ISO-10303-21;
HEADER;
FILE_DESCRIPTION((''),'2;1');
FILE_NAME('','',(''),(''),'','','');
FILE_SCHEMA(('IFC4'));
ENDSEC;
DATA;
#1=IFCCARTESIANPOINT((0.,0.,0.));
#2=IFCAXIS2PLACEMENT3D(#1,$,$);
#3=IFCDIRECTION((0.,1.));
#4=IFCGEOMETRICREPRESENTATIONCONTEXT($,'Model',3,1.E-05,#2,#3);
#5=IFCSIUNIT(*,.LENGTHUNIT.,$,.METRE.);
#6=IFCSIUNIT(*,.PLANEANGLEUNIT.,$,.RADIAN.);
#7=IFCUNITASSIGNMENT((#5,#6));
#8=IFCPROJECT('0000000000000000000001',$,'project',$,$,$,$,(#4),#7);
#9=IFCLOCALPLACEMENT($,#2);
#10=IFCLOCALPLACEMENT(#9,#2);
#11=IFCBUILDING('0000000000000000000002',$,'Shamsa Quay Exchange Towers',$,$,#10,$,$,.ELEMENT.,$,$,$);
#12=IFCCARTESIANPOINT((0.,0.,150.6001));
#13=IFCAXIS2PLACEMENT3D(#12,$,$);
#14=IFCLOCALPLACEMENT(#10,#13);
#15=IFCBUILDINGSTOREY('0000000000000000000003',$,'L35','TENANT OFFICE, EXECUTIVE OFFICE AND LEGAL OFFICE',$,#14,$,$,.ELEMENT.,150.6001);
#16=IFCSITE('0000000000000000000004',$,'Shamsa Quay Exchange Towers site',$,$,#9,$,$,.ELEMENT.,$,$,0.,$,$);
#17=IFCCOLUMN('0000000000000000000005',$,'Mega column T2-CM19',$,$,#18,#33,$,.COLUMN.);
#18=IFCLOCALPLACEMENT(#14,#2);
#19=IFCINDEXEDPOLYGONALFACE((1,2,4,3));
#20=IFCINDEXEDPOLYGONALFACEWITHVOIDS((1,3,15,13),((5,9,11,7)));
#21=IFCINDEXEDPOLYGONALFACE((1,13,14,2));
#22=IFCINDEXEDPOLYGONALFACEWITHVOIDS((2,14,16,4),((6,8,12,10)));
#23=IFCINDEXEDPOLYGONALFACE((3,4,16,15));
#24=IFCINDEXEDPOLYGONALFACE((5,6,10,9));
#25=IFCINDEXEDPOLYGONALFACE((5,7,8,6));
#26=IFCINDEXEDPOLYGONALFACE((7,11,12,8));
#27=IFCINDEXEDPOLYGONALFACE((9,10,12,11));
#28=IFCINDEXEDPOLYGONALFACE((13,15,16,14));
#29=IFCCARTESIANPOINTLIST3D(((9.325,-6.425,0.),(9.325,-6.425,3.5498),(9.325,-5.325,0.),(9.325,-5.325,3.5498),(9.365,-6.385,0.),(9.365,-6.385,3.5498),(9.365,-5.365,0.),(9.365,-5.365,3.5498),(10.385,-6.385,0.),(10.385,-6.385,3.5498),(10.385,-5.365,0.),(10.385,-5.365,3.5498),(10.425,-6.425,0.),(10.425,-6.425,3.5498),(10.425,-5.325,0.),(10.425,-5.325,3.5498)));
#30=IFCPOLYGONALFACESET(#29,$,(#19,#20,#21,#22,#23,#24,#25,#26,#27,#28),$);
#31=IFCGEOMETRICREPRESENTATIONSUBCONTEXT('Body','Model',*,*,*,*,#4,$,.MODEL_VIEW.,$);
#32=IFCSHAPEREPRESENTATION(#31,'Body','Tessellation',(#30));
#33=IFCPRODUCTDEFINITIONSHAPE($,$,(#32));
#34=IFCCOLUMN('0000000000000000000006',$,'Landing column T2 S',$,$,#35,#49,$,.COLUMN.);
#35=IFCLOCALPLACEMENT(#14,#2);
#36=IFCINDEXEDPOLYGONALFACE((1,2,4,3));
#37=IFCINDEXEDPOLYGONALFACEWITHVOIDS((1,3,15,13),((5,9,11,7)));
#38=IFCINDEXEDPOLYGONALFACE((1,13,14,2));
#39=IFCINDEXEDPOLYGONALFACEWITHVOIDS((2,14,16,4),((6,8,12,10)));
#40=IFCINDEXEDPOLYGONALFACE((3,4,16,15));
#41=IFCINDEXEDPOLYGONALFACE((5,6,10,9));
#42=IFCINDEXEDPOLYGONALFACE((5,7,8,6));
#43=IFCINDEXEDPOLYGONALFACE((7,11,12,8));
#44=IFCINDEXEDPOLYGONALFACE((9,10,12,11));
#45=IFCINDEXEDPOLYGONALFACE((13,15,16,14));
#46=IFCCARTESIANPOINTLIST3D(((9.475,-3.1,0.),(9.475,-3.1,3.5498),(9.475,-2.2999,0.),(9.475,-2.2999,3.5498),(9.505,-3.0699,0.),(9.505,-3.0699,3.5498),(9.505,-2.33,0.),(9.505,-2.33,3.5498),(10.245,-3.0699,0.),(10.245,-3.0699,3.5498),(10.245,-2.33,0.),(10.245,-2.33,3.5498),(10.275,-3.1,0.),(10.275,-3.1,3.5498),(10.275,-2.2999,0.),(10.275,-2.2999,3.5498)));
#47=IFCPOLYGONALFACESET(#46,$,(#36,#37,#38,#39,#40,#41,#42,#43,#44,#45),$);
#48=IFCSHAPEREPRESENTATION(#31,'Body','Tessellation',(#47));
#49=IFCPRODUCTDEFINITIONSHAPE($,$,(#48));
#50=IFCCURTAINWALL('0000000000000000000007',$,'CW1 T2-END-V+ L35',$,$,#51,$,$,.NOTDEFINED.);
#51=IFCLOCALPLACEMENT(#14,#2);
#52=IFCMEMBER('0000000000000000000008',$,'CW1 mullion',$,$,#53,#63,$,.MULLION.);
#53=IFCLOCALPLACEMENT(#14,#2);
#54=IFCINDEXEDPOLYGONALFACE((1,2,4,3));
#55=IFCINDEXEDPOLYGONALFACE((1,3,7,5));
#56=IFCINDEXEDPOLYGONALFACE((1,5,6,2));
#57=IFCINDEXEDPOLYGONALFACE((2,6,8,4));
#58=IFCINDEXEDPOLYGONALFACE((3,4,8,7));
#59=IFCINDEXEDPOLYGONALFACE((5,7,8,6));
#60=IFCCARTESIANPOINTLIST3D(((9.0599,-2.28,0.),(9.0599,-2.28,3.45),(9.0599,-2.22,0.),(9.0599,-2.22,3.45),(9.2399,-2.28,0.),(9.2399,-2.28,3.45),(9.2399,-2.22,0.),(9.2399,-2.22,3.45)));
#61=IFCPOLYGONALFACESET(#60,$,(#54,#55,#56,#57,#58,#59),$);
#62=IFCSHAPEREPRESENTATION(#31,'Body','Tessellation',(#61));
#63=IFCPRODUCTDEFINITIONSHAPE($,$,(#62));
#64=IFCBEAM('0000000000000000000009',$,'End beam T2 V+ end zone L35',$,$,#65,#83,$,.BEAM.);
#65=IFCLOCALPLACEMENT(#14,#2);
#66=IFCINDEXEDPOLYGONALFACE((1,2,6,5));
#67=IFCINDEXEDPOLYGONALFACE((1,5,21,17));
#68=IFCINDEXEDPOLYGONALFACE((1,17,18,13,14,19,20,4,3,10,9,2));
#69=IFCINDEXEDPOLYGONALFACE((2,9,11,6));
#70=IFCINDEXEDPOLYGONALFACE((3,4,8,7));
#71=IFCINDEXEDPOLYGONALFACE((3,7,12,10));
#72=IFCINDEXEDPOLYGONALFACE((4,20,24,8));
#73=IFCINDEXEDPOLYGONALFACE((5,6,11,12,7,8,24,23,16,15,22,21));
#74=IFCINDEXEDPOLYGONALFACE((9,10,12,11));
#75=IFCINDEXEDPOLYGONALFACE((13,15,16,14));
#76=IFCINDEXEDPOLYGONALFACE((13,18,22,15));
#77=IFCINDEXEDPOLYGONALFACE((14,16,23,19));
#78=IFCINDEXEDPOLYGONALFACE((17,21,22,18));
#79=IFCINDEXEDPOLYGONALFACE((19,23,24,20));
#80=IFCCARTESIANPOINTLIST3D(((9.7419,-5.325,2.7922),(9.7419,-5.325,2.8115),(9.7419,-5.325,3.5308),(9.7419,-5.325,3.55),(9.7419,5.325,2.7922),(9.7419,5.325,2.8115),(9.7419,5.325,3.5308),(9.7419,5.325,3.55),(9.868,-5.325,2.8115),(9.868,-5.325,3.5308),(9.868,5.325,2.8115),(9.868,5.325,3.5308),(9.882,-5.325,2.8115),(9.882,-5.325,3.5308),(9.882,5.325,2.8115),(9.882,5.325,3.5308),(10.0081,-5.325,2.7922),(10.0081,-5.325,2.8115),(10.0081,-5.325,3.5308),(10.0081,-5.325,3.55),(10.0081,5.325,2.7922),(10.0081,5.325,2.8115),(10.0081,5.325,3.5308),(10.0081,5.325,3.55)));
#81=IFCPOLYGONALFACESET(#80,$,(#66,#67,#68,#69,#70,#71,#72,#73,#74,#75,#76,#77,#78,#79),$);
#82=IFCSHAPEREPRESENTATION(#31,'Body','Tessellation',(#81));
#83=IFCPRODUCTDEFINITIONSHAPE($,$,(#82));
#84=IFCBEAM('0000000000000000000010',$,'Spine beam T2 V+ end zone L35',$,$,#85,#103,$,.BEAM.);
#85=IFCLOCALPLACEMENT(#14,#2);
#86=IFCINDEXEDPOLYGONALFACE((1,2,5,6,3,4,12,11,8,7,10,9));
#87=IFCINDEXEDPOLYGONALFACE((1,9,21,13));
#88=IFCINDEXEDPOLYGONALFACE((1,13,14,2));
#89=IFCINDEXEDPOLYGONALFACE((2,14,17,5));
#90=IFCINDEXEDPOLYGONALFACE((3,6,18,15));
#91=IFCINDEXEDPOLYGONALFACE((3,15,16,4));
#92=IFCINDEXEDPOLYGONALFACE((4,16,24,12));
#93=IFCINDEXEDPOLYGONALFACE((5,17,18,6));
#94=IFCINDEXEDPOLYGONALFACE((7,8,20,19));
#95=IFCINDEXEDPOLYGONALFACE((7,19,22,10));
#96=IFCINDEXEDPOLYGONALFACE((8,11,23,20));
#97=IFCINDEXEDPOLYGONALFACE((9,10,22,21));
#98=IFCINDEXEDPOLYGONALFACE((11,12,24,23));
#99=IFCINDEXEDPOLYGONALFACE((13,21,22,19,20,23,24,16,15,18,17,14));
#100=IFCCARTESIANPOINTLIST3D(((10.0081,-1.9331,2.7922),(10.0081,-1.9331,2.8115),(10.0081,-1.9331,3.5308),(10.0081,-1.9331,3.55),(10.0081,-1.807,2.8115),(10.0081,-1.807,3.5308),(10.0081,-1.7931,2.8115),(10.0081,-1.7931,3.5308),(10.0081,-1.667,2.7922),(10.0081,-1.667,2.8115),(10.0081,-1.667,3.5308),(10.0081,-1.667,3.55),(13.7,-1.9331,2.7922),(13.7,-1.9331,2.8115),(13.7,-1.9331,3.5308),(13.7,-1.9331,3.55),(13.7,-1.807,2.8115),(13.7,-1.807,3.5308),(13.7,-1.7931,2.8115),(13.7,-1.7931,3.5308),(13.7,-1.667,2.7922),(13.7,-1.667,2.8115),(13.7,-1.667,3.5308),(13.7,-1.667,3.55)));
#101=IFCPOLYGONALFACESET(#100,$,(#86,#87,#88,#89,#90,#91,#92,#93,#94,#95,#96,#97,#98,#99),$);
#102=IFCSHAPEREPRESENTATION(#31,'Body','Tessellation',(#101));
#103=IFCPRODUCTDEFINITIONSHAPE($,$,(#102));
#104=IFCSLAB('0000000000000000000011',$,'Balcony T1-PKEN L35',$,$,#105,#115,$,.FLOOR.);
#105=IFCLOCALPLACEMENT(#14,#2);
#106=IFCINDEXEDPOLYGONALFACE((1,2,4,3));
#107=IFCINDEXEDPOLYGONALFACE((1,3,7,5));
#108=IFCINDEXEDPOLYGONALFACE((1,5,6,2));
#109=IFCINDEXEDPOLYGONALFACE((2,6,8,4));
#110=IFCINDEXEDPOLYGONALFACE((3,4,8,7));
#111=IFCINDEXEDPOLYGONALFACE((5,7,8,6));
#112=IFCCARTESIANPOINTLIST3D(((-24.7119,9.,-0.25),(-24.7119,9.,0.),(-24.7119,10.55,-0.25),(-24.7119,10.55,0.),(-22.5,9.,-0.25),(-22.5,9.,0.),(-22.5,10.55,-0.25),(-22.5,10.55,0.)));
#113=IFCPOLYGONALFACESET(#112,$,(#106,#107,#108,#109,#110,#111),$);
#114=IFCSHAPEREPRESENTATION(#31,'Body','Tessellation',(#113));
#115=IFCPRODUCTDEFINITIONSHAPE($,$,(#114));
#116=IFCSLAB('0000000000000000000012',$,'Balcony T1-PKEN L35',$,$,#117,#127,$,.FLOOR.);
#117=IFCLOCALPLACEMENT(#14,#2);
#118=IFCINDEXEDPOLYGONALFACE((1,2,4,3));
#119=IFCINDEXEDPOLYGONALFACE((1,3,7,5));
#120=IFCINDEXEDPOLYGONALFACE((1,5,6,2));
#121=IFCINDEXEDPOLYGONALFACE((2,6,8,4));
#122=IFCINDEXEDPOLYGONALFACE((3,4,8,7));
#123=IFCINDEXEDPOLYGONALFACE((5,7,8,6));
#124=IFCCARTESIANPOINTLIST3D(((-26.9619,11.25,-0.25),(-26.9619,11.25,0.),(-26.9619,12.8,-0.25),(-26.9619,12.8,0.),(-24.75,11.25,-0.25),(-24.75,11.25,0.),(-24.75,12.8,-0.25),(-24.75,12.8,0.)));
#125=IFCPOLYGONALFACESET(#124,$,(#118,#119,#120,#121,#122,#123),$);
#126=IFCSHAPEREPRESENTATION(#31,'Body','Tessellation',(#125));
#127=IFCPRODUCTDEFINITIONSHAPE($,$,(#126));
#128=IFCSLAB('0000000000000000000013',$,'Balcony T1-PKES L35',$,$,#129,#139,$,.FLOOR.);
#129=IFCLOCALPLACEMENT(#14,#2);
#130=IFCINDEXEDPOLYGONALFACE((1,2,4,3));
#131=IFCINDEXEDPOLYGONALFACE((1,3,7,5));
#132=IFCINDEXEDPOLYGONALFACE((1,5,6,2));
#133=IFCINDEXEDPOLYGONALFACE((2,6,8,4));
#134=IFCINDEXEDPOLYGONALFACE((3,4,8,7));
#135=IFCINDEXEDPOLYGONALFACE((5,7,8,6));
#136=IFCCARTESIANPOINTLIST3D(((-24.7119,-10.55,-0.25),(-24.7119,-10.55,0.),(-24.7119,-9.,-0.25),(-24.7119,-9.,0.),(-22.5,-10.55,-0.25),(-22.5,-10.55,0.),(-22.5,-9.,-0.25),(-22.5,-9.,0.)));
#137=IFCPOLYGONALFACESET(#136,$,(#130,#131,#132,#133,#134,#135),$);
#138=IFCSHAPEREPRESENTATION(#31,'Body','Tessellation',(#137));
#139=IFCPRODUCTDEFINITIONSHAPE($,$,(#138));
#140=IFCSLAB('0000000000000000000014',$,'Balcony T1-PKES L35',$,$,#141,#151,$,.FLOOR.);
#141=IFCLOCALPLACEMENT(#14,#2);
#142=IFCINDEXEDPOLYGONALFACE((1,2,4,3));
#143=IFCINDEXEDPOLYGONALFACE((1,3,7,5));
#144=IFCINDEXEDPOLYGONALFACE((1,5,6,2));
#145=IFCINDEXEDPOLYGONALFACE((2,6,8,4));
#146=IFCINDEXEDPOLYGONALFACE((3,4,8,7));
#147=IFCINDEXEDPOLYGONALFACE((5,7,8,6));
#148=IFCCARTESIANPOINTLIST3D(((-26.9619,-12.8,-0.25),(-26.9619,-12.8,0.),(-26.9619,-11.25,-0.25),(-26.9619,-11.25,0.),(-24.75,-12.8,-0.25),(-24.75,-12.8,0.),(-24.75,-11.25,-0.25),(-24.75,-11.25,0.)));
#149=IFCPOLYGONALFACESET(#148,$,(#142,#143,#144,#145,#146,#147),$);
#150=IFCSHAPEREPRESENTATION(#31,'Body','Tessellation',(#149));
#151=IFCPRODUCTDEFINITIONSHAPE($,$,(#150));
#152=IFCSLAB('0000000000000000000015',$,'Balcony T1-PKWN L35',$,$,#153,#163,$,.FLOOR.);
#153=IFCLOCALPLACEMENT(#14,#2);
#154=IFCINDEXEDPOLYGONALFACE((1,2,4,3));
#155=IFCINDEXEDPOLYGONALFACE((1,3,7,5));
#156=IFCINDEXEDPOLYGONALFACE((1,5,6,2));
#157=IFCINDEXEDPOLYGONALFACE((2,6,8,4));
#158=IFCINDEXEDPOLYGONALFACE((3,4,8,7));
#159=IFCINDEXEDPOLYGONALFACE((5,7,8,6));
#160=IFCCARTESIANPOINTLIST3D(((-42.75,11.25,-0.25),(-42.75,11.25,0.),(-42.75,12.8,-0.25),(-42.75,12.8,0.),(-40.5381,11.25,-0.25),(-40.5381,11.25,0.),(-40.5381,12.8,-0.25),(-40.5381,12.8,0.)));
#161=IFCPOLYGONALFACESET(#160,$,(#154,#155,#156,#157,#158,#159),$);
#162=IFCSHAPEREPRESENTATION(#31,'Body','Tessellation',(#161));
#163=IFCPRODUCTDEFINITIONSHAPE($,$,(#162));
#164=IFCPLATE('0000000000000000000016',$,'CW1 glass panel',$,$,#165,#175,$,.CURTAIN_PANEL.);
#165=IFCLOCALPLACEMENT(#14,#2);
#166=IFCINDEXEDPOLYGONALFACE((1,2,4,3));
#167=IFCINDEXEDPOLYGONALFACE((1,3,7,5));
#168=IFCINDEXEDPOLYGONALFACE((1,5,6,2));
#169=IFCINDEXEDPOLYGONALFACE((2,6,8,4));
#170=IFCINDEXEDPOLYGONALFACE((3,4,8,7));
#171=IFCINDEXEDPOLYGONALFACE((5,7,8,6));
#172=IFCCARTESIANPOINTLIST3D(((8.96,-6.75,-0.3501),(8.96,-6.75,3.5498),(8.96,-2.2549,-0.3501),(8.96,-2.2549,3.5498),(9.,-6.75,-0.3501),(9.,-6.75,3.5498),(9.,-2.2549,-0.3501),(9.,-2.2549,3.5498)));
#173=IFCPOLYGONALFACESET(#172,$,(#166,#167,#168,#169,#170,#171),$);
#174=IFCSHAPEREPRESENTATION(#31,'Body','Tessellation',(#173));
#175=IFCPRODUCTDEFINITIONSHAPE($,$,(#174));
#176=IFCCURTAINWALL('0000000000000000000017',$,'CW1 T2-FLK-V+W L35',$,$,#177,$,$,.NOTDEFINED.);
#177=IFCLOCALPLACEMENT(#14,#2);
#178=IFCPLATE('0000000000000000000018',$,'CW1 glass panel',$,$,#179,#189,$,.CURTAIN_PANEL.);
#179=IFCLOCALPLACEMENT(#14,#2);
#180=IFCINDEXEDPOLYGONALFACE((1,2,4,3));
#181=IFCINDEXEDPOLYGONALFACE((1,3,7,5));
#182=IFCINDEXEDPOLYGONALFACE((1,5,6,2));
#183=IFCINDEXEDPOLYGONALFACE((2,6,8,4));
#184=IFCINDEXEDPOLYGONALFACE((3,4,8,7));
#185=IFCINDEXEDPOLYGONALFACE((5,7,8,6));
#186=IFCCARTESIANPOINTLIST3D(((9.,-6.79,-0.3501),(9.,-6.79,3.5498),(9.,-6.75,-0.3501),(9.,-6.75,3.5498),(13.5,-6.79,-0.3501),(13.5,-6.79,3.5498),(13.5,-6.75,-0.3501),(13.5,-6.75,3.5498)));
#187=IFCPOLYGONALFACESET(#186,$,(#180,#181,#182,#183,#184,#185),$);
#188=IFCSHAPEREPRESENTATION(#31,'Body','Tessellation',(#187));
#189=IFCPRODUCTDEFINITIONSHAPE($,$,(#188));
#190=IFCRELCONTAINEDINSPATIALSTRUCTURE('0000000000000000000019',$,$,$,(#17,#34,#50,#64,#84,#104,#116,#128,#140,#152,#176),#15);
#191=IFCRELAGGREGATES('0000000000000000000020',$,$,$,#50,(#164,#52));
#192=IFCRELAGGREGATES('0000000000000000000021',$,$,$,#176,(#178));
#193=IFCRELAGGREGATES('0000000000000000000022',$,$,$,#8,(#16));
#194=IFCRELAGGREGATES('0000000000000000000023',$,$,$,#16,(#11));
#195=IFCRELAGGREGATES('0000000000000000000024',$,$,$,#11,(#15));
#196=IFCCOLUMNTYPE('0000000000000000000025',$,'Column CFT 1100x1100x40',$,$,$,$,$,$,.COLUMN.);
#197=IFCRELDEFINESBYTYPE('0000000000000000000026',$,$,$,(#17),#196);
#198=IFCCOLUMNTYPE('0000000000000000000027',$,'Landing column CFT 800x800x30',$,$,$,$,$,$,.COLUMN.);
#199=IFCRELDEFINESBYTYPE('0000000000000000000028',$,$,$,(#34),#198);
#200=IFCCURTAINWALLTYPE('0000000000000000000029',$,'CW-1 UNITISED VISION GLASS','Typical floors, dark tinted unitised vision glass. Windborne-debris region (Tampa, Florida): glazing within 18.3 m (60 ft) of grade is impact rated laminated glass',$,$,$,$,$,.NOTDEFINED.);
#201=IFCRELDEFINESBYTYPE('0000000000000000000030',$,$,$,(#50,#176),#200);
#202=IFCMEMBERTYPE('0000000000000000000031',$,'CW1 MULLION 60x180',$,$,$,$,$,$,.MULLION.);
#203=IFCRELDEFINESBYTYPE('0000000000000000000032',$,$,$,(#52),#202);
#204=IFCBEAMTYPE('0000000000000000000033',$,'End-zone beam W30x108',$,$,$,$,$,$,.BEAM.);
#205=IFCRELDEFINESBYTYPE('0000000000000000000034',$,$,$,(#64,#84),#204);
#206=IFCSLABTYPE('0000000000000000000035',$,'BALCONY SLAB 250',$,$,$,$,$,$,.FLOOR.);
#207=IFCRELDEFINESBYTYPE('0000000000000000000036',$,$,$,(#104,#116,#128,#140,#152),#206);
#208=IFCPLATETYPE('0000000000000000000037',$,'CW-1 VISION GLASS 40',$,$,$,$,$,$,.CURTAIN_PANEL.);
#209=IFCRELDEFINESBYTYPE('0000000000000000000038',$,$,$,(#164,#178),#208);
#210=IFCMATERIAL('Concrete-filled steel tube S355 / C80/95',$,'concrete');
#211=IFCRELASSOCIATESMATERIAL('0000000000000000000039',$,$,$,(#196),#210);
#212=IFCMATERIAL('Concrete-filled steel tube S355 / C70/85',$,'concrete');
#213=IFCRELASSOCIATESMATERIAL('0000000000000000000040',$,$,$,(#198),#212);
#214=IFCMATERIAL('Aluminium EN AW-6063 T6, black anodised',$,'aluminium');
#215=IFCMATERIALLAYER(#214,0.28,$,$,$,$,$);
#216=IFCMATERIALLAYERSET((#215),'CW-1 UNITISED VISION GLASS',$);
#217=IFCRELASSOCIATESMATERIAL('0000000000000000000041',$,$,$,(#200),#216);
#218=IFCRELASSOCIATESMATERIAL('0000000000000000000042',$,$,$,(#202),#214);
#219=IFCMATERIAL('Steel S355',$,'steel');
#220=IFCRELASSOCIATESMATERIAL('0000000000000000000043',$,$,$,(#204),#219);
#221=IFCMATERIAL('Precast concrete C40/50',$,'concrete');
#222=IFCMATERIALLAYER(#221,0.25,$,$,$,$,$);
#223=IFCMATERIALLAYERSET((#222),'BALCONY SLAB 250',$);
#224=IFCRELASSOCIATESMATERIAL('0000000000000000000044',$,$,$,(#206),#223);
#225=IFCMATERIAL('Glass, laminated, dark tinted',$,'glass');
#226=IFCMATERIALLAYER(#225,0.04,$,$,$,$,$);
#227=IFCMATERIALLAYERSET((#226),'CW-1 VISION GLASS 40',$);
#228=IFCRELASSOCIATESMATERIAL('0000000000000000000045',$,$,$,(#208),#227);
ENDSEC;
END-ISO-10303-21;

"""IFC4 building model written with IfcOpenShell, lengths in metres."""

from ifc_helpers import new_model, si_unit, direction, frame, origin, origin_2d, place, context, subcontext, project, spatial, polyline, rectangle, hollow_rectangle, i_section, outline, extrude, material, layer, layer_set, material_profile, profile_set, type_object, element, aggregate, save


model = new_model("IFC4")

# Units and contexts
model_context = context("Model", 3, precision=1e-05, world=origin(), true_north=direction((0.0, 1.0)))
body_context = subcontext(model_context, "Body", "Model", "MODEL_VIEW")
ifc_project = project(units=[si_unit("LENGTHUNIT", "METRE"), si_unit("PLANEANGLEUNIT", "RADIAN")], contexts=[model_context])

# Site, building, storey
site_placement = place(None, origin())
site = spatial("IfcSite", under=ifc_project, at=site_placement, Name="Shamsa Quay Exchange Towers site", CompositionType="ELEMENT", RefElevation=0.0)
building_placement = place(site_placement, origin())
building = spatial("IfcBuilding", under=site, at=building_placement, Name="Shamsa Quay Exchange Towers", CompositionType="ELEMENT")
storey_placement = place(building_placement, frame((0.0, 0.0, 150.6001)))
storey = spatial("IfcBuildingStorey", under=building, at=storey_placement, Name="L35", Description="TENANT OFFICE, EXECUTIVE OFFICE AND LEGAL OFFICE", CompositionType="ELEMENT", Elevation=150.6001)

# Columns
ifc_material_1 = material(Name="Concrete-filled steel tube S355 / C80/95", Category="concrete")
ifc_material_profile_1 = material_profile(ifc_material_1, hollow_rectangle(XDim=1.1001, YDim=1.1001, WallThickness=0.04, at=origin_2d()), Name="CFT 1100x1100x40")
ifc_profile_set_1 = profile_set([ifc_material_profile_1], Name="Concrete-filled steel tube S355 / C80/95")
column_type_1 = type_object("IfcColumnType", Name="Column CFT 1100x1100x40", PredefinedType="COLUMN", material=ifc_profile_set_1)
column_1_placement = place(storey_placement, frame((9.875, -5.875, 0.0)))
element("IfcColumn", 1, at=column_1_placement, inside=storey, type_object=column_type_1, Name="Mega column T2-CM19", PredefinedType="COLUMN", context=body_context, shape_type="SweptSolid", body=[
    extrude(hollow_rectangle(XDim=1.1001, YDim=1.1001, WallThickness=0.04, at=origin_2d()), origin(), (0.0, 0.0, 1.0), 3.5498),
])
ifc_material_2 = material(Name="Concrete-filled steel tube S355 / C70/85", Category="concrete")
ifc_material_profile_2 = material_profile(ifc_material_2, hollow_rectangle(XDim=0.8, YDim=0.8, WallThickness=0.03, at=origin_2d()), Name="CFT 800x800x30")
ifc_profile_set_2 = profile_set([ifc_material_profile_2], Name="Concrete-filled steel tube S355 / C70/85")
column_type_2 = type_object("IfcColumnType", Name="Landing column CFT 800x800x30", PredefinedType="COLUMN", material=ifc_profile_set_2)
column_2_placement = place(storey_placement, frame((9.875, -2.7, 0.0)))
element("IfcColumn", 2, at=column_2_placement, inside=storey, type_object=column_type_2, Name="Landing column T2 S", PredefinedType="COLUMN", context=body_context, shape_type="SweptSolid", body=[
    extrude(hollow_rectangle(XDim=0.8, YDim=0.8, WallThickness=0.03, at=origin_2d()), origin(), (0.0, 0.0, 1.0), 3.5498),
])

# Curtain wall, member
ifc_material_3 = material(Name="Aluminium EN AW-6063 T6, black anodised", Category="aluminium")
ifc_layer_1 = layer(ifc_material_3, 0.28)
ifc_layer_set_1 = layer_set([ifc_layer_1], Name="CW-1 UNITISED VISION GLASS")
curtain_wall_type_1 = type_object("IfcCurtainWallType", Name="CW-1 UNITISED VISION GLASS", Description="Typical floors, dark tinted unitised vision glass. Windborne-debris region (Tampa, Florida): glazing within 18.3 m (60 ft) of grade is impact rated laminated glass", PredefinedType="NOTDEFINED", material=ifc_layer_set_1)
curtain_wall_1_placement = place(storey_placement, origin())
curtain_wall_1 = element("IfcCurtainWall", 3, at=curtain_wall_1_placement, inside=storey, type_object=curtain_wall_type_1, Name="CW1 T2-END-V+ L35", PredefinedType="NOTDEFINED")
ifc_material_profile_3 = material_profile(ifc_material_3, rectangle(XDim=0.1799, YDim=0.0601, at=origin_2d()), Name="MU60x180")
ifc_profile_set_3 = profile_set([ifc_material_profile_3], Name="Aluminium EN AW-6063 T6, black anodised")
member_type = type_object("IfcMemberType", Name="CW1 MULLION 60x180", PredefinedType="MULLION", material=ifc_profile_set_3)
member_placement = place(storey_placement, frame((9.1499, -2.25, 0.0)))
member = element("IfcMember", 4, at=member_placement, type_object=member_type, Name="CW1 mullion", PredefinedType="MULLION", context=body_context, shape_type="SweptSolid", body=[
    extrude(rectangle(XDim=0.1799, YDim=0.0601, at=origin_2d()), origin(), (0.0, 0.0, 1.0), 3.45),
])

# Beams
ifc_material_4 = material(Name="Steel S355", Category="steel")
ifc_material_profile_4 = material_profile(ifc_material_4, i_section(OverallWidth=0.2661, OverallDepth=0.7578, WebThickness=0.0139, FlangeThickness=0.0193, at=origin_2d()), Name="W30x108")
ifc_profile_set_4 = profile_set([ifc_material_profile_4], Name="Steel S355")
beam_type = type_object("IfcBeamType", Name="End-zone beam W30x108", PredefinedType="BEAM", material=ifc_profile_set_4)
beam_1_placement = place(storey_placement, frame((9.875, -5.325, 3.1711), z_axis=(0.0, 1.0, 0.0), x_axis=(-1.0, 0.0, 0.0)))
element("IfcBeam", 5, at=beam_1_placement, inside=storey, type_object=beam_type, Name="End beam T2 V+ end zone L35", PredefinedType="BEAM", context=body_context, shape_type="SweptSolid", body=[
    extrude(i_section(OverallWidth=0.2661, OverallDepth=0.7578, WebThickness=0.0139, FlangeThickness=0.0193, at=origin_2d()), origin(), (0.0, 0.0, 1.0), 10.6499),
])
beam_2_placement = place(storey_placement, frame((13.7, -1.8, 3.1711), z_axis=(-1.0, 0.0, 0.0), x_axis=(0.0, -1.0, 0.0)))
element("IfcBeam", 6, at=beam_2_placement, inside=storey, type_object=beam_type, Name="Spine beam T2 V+ end zone L35", PredefinedType="BEAM", context=body_context, shape_type="SweptSolid", body=[
    extrude(i_section(OverallWidth=0.2661, OverallDepth=0.7578, WebThickness=0.0139, FlangeThickness=0.0193, at=origin_2d()), origin(), (0.0, 0.0, 1.0), 3.6919),
])

# Slabs
ifc_material_5 = material(Name="Precast concrete C40/50", Category="concrete")
ifc_layer_2 = layer(ifc_material_5, 0.25)
ifc_layer_set_2 = layer_set([ifc_layer_2], Name="BALCONY SLAB 250")
slab_type_1 = type_object("IfcSlabType", Name="BALCONY SLAB 250", PredefinedType="FLOOR", material=ifc_layer_set_2)
slab_1_placement = place(storey_placement, frame((0.0, 0.0, -0.25)))
element("IfcSlab", 7, at=slab_1_placement, inside=storey, type_object=slab_type_1, Name="Balcony T1-PKEN L35", PredefinedType="FLOOR", context=body_context, shape_type="SweptSolid", body=[
    extrude(outline(polyline([(-22.5, 9.0), (-24.7119, 9.0), (-24.7119, 10.55), (-22.5, 10.55), (-22.5, 9.0)])), origin(), (0.0, 0.0, 1.0), 0.25),
])
slab_2_placement = place(storey_placement, frame((0.0, 0.0, -0.25)))
element("IfcSlab", 8, at=slab_2_placement, inside=storey, type_object=slab_type_1, Name="Balcony T1-PKEN L35", PredefinedType="FLOOR", context=body_context, shape_type="SweptSolid", body=[
    extrude(outline(polyline([(-24.75, 11.25), (-26.9619, 11.25), (-26.9619, 12.8), (-24.75, 12.8), (-24.75, 11.25)])), origin(), (0.0, 0.0, 1.0), 0.25),
])
slab_3_placement = place(storey_placement, frame((0.0, 0.0, -0.25)))
element("IfcSlab", 9, at=slab_3_placement, inside=storey, type_object=slab_type_1, Name="Balcony T1-PKES L35", PredefinedType="FLOOR", context=body_context, shape_type="SweptSolid", body=[
    extrude(outline(polyline([(-24.7119, -9.0), (-22.5, -9.0), (-22.5, -10.55), (-24.7119, -10.55), (-24.7119, -9.0)])), origin(), (0.0, 0.0, 1.0), 0.25),
])
slab_4_placement = place(storey_placement, frame((0.0, 0.0, -0.25)))
element("IfcSlab", 10, at=slab_4_placement, inside=storey, type_object=slab_type_1, Name="Balcony T1-PKES L35", PredefinedType="FLOOR", context=body_context, shape_type="SweptSolid", body=[
    extrude(outline(polyline([(-26.9619, -11.25), (-24.75, -11.25), (-24.75, -12.8), (-26.9619, -12.8), (-26.9619, -11.25)])), origin(), (0.0, 0.0, 1.0), 0.25),
])
slab_5_placement = place(storey_placement, frame((0.0, 0.0, -0.25)))
element("IfcSlab", 11, at=slab_5_placement, inside=storey, type_object=slab_type_1, Name="Balcony T1-PKWN L35", PredefinedType="FLOOR", context=body_context, shape_type="SweptSolid", body=[
    extrude(outline(polyline([(-40.5381, 11.25), (-42.75, 11.25), (-42.75, 12.8), (-40.5381, 12.8), (-40.5381, 11.25)])), origin(), (0.0, 0.0, 1.0), 0.25),
])

# Plate
ifc_material_6 = material(Name="Glass, laminated, dark tinted", Category="glass")
ifc_layer_3 = layer(ifc_material_6, 0.04)
ifc_layer_set_3 = layer_set([ifc_layer_3], Name="CW-1 VISION GLASS 40")
plate_type_1 = type_object("IfcPlateType", Name="CW-1 VISION GLASS 40", PredefinedType="CURTAIN_PANEL", material=ifc_layer_set_3)
plate_1_placement = place(storey_placement, frame((8.98, -4.5024, -0.3501), z_axis=(0.0, 0.0, 1.0), x_axis=(0.0, -1.0, 0.0)))
plate_1 = element("IfcPlate", 12, at=plate_1_placement, type_object=plate_type_1, Name="CW1 glass panel", PredefinedType="CURTAIN_PANEL", context=body_context, shape_type="SweptSolid", body=[
    extrude(rectangle(XDim=4.4951, YDim=0.04, at=origin_2d()), origin(), (0.0, 0.0, 1.0), 3.8999),
])
aggregate(curtain_wall_1, [plate_1, member])

# Curtain wall, plate
curtain_wall_2_placement = place(storey_placement, origin())
curtain_wall_2 = element("IfcCurtainWall", 13, at=curtain_wall_2_placement, inside=storey, type_object=curtain_wall_type_1, Name="CW1 T2-FLK-V+W L35", PredefinedType="NOTDEFINED")
plate_2_placement = place(storey_placement, frame((11.25, -6.77, -0.3501)))
plate_2 = element("IfcPlate", 14, at=plate_2_placement, type_object=plate_type_1, Name="CW1 glass panel", PredefinedType="CURTAIN_PANEL", context=body_context, shape_type="SweptSolid", body=[
    extrude(rectangle(XDim=4.5, YDim=0.04, at=origin_2d()), origin(), (0.0, 0.0, 1.0), 3.8999),
])
aggregate(curtain_wall_2, [plate_2])

save(model, "model.ifc")
